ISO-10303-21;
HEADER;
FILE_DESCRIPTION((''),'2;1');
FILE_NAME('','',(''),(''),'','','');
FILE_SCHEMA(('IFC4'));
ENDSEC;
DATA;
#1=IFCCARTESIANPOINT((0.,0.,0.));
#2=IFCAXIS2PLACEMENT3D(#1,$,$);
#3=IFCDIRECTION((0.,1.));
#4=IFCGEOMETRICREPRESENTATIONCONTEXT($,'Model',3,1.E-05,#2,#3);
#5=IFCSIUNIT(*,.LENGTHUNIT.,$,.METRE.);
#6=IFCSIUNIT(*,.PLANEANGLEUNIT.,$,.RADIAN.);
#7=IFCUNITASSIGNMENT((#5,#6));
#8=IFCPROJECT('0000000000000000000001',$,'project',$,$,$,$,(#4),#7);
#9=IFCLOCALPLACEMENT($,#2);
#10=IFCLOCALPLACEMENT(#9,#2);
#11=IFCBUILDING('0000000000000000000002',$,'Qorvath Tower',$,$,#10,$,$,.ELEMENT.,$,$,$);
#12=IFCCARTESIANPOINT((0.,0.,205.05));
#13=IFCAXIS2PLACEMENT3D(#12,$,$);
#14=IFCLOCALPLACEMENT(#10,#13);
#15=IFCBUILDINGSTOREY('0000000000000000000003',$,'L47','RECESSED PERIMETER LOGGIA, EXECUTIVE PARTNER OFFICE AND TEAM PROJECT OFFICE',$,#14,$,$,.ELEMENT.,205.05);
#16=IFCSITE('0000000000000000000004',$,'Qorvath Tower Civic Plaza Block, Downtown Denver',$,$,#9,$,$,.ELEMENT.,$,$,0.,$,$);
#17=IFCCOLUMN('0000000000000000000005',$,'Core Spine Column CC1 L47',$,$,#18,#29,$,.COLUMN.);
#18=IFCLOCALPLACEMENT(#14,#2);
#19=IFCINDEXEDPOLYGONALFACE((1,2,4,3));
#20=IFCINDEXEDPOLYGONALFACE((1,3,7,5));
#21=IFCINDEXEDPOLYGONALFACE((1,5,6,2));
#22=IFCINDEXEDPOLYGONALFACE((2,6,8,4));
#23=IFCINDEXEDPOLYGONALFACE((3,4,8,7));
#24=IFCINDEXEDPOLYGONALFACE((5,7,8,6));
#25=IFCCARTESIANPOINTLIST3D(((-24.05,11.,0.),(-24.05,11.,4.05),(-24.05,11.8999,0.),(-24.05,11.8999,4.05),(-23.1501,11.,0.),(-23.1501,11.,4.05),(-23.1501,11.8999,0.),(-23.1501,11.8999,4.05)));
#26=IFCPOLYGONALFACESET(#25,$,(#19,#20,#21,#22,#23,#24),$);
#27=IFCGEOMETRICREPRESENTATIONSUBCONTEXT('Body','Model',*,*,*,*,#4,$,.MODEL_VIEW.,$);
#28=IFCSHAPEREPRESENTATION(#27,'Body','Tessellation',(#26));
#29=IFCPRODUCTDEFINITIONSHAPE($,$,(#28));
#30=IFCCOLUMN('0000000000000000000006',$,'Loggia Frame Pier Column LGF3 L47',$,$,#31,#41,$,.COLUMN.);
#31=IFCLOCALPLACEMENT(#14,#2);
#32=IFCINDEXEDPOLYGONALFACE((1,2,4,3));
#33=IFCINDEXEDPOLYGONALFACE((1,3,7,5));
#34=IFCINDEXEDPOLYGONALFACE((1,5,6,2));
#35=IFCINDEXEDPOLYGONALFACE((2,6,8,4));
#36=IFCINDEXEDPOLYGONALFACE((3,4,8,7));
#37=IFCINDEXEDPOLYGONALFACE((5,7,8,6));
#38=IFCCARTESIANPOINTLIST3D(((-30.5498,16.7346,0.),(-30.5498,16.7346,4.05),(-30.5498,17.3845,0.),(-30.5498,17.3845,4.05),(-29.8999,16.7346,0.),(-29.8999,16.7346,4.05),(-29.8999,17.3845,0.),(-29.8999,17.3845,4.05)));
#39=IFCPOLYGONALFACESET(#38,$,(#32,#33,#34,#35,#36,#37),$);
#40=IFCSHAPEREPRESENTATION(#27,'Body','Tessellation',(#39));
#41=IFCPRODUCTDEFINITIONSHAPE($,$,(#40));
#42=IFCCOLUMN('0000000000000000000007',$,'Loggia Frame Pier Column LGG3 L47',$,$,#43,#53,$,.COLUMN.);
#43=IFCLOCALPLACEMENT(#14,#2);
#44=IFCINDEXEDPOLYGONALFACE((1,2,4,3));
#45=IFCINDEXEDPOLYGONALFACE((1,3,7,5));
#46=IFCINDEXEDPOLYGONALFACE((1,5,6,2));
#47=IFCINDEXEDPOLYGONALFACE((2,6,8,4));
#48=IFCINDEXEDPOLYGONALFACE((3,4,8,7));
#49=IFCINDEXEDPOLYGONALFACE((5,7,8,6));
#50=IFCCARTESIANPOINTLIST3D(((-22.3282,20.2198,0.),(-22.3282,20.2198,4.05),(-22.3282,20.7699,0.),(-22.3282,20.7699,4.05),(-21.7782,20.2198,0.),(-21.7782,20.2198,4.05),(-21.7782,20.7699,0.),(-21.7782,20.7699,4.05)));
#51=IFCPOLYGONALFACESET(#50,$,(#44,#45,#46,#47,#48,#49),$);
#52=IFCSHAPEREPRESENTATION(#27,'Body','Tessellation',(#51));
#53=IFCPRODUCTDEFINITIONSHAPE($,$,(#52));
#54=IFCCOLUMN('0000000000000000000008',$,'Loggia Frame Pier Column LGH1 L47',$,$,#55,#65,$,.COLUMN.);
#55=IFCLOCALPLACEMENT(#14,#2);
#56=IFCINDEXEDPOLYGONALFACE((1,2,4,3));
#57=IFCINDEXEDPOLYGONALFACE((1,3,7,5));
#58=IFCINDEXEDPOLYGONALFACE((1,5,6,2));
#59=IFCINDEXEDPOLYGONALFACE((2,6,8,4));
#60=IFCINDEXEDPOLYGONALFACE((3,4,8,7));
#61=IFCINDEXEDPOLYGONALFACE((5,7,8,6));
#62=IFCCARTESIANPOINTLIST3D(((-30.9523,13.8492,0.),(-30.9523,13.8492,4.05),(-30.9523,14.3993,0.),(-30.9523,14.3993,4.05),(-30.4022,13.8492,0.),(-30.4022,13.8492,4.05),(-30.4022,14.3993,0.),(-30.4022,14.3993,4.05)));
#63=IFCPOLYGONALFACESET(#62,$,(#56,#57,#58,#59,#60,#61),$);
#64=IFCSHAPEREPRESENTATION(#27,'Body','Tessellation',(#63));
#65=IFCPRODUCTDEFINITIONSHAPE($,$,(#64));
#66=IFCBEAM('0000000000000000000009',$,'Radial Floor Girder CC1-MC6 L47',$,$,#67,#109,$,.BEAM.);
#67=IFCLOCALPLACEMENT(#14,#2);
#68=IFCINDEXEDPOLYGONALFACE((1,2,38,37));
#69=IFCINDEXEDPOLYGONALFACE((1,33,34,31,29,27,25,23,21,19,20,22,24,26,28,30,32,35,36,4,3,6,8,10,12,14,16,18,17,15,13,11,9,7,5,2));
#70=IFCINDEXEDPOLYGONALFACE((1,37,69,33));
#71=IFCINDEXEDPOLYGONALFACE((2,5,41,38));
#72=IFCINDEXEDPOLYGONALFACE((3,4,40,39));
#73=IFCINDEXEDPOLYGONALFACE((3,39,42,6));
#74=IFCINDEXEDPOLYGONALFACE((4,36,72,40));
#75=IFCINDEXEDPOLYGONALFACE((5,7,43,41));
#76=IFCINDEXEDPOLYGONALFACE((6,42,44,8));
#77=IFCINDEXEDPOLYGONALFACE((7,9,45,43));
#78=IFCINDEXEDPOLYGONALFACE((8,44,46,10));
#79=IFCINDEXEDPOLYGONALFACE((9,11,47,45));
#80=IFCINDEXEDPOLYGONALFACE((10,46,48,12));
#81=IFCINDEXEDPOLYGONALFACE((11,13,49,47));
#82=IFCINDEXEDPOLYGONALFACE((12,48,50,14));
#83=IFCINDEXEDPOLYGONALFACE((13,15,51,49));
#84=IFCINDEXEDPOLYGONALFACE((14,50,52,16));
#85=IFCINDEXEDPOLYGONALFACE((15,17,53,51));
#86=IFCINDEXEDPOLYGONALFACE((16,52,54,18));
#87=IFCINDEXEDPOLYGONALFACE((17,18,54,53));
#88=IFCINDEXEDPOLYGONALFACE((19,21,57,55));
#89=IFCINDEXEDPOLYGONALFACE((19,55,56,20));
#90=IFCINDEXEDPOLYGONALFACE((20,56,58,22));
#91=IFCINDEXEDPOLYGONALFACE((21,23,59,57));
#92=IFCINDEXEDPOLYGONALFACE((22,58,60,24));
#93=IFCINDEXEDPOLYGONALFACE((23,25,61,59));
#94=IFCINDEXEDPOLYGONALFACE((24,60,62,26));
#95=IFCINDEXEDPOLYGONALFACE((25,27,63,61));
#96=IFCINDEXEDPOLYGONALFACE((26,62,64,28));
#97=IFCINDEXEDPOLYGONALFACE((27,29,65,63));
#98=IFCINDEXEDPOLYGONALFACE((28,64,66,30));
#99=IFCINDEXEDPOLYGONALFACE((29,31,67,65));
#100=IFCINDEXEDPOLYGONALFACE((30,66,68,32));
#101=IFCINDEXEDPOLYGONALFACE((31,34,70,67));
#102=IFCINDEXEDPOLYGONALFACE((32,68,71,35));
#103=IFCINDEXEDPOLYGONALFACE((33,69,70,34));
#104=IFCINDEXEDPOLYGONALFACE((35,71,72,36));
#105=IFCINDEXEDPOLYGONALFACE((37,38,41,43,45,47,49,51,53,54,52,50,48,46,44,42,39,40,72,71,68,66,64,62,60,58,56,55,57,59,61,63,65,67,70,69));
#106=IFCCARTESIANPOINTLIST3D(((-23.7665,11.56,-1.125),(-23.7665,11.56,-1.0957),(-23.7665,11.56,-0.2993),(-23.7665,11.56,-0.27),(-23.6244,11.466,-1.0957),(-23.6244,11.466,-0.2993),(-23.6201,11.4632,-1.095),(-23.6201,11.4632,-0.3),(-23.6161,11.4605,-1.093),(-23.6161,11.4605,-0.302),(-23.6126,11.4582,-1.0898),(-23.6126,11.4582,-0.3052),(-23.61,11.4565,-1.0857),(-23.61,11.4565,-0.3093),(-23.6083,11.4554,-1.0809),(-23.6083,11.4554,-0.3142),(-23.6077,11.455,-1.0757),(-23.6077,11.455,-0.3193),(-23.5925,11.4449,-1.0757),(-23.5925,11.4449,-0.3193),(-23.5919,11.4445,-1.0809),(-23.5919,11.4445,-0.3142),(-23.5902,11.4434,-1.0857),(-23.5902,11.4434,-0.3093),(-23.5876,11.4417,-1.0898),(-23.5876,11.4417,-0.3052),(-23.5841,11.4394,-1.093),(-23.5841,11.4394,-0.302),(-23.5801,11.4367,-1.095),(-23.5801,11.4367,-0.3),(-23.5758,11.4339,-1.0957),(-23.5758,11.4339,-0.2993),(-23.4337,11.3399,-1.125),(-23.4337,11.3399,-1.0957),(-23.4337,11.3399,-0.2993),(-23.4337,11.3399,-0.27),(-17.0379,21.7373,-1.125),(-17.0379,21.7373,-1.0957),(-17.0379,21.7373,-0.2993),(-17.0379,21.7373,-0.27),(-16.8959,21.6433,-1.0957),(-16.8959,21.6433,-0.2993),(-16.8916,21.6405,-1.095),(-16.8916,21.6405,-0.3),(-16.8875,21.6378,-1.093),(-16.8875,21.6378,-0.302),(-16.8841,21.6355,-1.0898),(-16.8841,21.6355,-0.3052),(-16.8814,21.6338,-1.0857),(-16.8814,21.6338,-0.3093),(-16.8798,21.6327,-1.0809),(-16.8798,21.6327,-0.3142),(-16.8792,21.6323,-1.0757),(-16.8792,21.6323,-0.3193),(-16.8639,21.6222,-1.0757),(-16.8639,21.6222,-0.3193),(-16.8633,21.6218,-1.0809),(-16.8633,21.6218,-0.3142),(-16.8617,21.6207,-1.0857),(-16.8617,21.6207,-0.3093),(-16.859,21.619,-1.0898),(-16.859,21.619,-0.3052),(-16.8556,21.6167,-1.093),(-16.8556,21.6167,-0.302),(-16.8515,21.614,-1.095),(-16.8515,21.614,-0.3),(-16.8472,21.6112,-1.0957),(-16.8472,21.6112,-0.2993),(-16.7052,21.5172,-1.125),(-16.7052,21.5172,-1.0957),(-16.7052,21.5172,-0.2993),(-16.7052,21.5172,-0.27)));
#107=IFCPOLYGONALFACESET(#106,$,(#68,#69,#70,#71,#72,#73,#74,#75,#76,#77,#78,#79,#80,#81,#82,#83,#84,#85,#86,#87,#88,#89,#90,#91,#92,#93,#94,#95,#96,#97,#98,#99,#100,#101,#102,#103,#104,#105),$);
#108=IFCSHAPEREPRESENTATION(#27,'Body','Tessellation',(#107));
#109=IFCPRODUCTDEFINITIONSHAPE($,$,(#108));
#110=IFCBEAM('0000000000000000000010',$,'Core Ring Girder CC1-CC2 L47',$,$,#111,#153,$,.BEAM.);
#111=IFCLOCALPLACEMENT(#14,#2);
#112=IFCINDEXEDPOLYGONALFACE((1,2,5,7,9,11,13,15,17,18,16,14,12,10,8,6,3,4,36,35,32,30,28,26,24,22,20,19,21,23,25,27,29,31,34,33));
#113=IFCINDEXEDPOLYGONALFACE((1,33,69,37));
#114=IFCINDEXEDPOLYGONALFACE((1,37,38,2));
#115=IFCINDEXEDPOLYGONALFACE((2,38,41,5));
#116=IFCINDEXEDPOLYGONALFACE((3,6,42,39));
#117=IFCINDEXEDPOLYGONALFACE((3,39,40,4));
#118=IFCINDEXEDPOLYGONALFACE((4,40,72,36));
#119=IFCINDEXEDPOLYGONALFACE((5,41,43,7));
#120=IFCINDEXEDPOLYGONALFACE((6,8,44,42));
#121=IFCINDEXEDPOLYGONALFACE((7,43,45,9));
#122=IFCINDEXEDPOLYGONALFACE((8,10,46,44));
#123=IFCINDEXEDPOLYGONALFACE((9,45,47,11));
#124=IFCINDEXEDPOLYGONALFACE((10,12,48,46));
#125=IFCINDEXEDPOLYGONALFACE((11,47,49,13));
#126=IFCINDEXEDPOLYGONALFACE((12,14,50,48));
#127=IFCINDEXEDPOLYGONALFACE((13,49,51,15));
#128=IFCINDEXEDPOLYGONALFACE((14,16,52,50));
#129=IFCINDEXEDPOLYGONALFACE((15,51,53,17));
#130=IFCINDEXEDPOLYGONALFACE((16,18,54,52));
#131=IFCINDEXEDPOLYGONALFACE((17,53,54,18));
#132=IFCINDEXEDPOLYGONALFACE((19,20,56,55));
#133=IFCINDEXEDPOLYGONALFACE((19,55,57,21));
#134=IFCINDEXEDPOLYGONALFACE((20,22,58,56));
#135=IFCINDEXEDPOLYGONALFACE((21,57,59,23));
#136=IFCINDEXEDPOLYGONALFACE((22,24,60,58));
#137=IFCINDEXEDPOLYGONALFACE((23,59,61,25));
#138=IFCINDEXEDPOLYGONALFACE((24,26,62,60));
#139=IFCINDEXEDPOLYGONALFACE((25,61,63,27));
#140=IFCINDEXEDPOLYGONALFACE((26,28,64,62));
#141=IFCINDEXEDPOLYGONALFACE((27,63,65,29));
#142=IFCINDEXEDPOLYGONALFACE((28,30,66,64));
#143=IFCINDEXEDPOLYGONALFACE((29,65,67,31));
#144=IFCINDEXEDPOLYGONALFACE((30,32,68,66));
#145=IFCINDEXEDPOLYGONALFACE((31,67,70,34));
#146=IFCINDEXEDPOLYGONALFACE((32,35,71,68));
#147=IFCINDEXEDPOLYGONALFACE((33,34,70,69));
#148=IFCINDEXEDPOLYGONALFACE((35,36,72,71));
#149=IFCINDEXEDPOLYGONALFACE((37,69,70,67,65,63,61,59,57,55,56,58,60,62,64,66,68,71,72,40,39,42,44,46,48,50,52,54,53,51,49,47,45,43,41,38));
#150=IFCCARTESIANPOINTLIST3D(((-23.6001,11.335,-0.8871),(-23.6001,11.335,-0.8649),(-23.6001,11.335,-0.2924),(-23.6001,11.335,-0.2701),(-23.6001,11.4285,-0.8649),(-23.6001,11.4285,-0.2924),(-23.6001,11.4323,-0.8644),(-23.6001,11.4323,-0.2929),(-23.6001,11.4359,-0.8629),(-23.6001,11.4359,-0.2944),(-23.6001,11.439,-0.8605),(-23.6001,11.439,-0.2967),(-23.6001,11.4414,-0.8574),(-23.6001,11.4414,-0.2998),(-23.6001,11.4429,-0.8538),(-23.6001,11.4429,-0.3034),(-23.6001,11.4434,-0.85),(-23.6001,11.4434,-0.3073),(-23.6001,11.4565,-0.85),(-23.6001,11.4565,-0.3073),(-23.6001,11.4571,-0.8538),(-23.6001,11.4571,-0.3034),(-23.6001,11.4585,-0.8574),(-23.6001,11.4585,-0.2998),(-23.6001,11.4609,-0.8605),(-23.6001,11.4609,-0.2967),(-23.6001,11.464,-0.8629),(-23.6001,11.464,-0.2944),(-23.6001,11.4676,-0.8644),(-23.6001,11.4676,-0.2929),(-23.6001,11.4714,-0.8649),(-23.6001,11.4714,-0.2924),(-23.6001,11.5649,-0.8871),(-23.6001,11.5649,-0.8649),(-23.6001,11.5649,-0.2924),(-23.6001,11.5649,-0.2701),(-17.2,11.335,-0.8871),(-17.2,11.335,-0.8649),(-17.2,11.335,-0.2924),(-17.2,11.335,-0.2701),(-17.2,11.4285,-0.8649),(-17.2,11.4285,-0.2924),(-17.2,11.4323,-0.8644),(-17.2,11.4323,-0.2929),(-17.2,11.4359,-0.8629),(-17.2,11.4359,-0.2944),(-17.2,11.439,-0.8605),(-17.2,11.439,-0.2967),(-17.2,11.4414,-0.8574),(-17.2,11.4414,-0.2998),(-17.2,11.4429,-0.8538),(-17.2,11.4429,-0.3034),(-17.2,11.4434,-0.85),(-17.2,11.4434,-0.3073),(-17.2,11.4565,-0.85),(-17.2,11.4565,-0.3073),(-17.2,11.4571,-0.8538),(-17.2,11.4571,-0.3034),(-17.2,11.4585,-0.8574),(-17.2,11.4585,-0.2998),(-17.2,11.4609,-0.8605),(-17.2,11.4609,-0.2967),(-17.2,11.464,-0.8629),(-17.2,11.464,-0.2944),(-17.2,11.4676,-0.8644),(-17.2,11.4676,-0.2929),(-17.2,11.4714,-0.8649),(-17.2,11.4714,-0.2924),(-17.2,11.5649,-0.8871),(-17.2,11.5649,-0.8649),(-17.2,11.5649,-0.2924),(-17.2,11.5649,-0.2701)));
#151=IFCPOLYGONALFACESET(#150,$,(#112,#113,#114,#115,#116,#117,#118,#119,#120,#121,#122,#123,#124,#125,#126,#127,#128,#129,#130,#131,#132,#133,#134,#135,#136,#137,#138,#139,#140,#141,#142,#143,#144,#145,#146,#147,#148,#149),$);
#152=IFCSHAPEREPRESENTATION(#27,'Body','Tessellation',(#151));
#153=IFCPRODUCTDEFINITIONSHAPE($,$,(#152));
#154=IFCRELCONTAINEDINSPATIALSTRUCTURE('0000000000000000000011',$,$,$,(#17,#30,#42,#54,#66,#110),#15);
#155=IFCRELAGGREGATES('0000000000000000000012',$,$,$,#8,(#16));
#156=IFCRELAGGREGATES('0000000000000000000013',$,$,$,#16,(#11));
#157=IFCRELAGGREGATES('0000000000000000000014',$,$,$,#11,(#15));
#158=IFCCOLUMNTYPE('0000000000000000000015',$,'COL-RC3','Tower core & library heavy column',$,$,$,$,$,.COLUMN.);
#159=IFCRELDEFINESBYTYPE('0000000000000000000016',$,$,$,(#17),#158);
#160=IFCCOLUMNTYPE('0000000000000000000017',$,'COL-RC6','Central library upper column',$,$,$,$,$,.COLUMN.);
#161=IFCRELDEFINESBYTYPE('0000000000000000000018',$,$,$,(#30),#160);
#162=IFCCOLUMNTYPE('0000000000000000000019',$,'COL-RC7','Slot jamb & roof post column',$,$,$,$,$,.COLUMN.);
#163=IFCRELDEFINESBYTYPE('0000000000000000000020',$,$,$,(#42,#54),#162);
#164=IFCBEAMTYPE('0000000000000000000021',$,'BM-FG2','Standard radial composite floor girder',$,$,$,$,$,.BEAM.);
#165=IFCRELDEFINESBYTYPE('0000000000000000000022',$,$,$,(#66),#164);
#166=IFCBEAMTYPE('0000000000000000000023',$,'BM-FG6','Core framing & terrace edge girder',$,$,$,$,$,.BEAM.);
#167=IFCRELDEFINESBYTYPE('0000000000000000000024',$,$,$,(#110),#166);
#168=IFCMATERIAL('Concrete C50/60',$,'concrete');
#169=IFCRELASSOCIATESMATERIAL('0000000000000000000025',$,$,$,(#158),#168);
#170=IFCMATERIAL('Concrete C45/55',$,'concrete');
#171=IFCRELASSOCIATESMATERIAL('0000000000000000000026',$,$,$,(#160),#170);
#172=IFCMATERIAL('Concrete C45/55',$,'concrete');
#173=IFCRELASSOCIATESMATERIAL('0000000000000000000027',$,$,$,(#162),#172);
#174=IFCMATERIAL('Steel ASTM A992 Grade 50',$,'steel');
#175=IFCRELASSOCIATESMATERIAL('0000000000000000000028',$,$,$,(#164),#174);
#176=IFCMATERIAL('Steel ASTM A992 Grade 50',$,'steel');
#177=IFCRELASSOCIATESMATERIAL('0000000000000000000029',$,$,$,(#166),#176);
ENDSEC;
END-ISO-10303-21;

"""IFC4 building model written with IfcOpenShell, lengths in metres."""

from ifc_helpers import new_model, si_unit, direction, frame, origin, origin_2d, place, context, subcontext, project, spatial, rectangle, i_section, extrude, material, material_profile, profile_set, type_object, element, save


model = new_model("IFC4")

# Units and contexts
model_context = context("Model", 3, precision=1e-05, world=origin(), true_north=direction((0.0, 1.0)))
body_context = subcontext(model_context, "Body", "Model", "MODEL_VIEW")
ifc_project = project(units=[si_unit("LENGTHUNIT", "METRE"), si_unit("PLANEANGLEUNIT", "RADIAN")], contexts=[model_context])

# Site, building, storey
site_placement = place(None, origin())
site = spatial("IfcSite", under=ifc_project, at=site_placement, Name="Qorvath Tower Civic Plaza Block, Downtown Denver", CompositionType="ELEMENT", RefElevation=0.0)
building_placement = place(site_placement, origin())
building = spatial("IfcBuilding", under=site, at=building_placement, Name="Qorvath Tower", CompositionType="ELEMENT")
storey_placement = place(building_placement, frame((0.0, 0.0, 205.05)))
storey = spatial("IfcBuildingStorey", under=building, at=storey_placement, Name="L47", Description="RECESSED PERIMETER LOGGIA, EXECUTIVE PARTNER OFFICE AND TEAM PROJECT OFFICE", CompositionType="ELEMENT", Elevation=205.05)

# Columns
ifc_material_1 = material(Name="Concrete C50/60", Category="concrete")
ifc_material_profile_1 = material_profile(ifc_material_1, rectangle(XDim=0.8999, YDim=0.8999, at=origin_2d()), Name="RC 900x900")
ifc_profile_set_1 = profile_set([ifc_material_profile_1], Name="Concrete C50/60")
column_type_1 = type_object("IfcColumnType", Name="COL-RC3", Description="Tower core & library heavy column", PredefinedType="COLUMN", material=ifc_profile_set_1)
column_1_placement = place(storey_placement, frame((-23.6001, 11.45, 0.0), z_axis=(0.0, 0.0, 1.0), x_axis=(1.0, 0.0, 0.0)))
element("IfcColumn", 1, at=column_1_placement, inside=storey, type_object=column_type_1, Name="Core Spine Column CC1 L47", PredefinedType="COLUMN", context=body_context, shape_type="SweptSolid", body=[
    extrude(rectangle(XDim=0.8999, YDim=0.8999, at=origin_2d()), origin(), (0.0, 0.0, 1.0), 4.05),
])
ifc_material_2 = material(Name="Concrete C45/55", Category="concrete")
ifc_material_profile_2 = material_profile(ifc_material_2, rectangle(XDim=0.6499, YDim=0.6499, at=origin_2d()), Name="RC 650x650")
ifc_profile_set_2 = profile_set([ifc_material_profile_2], Name="Concrete C45/55")
column_type_2 = type_object("IfcColumnType", Name="COL-RC6", Description="Central library upper column", PredefinedType="COLUMN", material=ifc_profile_set_2)
column_2_placement = place(storey_placement, frame((-30.2249, 17.0596, 0.0), z_axis=(0.0, 0.0, 1.0), x_axis=(1.0, 0.0, 0.0)))
element("IfcColumn", 2, at=column_2_placement, inside=storey, type_object=column_type_2, Name="Loggia Frame Pier Column LGF3 L47", PredefinedType="COLUMN", context=body_context, shape_type="SweptSolid", body=[
    extrude(rectangle(XDim=0.6499, YDim=0.6499, at=origin_2d()), origin(), (0.0, 0.0, 1.0), 4.05),
])
ifc_material_3 = material(Name="Concrete C45/55", Category="concrete")
ifc_material_profile_3 = material_profile(ifc_material_3, rectangle(XDim=0.55, YDim=0.55, at=origin_2d()), Name="RC 550x550")
ifc_profile_set_3 = profile_set([ifc_material_profile_3], Name="Concrete C45/55")
column_type_3 = type_object("IfcColumnType", Name="COL-RC7", Description="Slot jamb & roof post column", PredefinedType="COLUMN", material=ifc_profile_set_3)
for number, where, z_axis, x_axis, name in (
    (3, (-22.0532, 20.4949, 0.0), (0.0, 0.0, 1.0), (1.0, 0.0, 0.0), "Loggia Frame Pier Column LGG3 L47"),
    (4, (-30.6772, 14.1243, 0.0), (0.0, 0.0, 1.0), (1.0, 0.0, 0.0), "Loggia Frame Pier Column LGH1 L47"),
):
    element("IfcColumn", number, at=place(storey_placement, frame(where, z_axis=z_axis, x_axis=x_axis)), inside=storey, type_object=column_type_3, Name=name, PredefinedType="COLUMN", context=body_context, shape_type="SweptSolid", body=[
        extrude(rectangle(XDim=0.55, YDim=0.55, at=origin_2d()), origin(), (0.0, 0.0, 1.0), 4.05),
    ])

# Beams
ifc_material_4 = material(Name="Steel ASTM A992 Grade 50", Category="steel")
ifc_material_profile_4 = material_profile(ifc_material_4, i_section(OverallWidth=0.3989, OverallDepth=0.855, WebThickness=0.0183, FlangeThickness=0.0293, FilletRadius=0.02, at=origin_2d()), Name="W33x201")
ifc_profile_set_4 = profile_set([ifc_material_profile_4], Name="Steel ASTM A992 Grade 50")
beam_type_1 = type_object("IfcBeamType", Name="BM-FG2", Description="Standard radial composite floor girder", PredefinedType="BEAM", material=ifc_profile_set_4)
beam_1_placement = place(storey_placement, frame((-23.6001, 11.45, -0.6975), z_axis=(0.551501, 0.834175, 0.0), x_axis=(-0.834175, 0.551501, 0.0)))
element("IfcBeam", 5, at=beam_1_placement, inside=storey, type_object=beam_type_1, Name="Radial Floor Girder CC1-MC6 L47", PredefinedType="BEAM", context=body_context, shape_type="SweptSolid", body=[
    extrude(i_section(OverallWidth=0.3989, OverallDepth=0.855, WebThickness=0.0183, FlangeThickness=0.0293, FilletRadius=0.02, at=origin_2d()), origin(), (0.0, 0.0, 1.0), 12.2004),
])
ifc_material_5 = material(Name="Steel ASTM A992 Grade 50", Category="steel")
ifc_material_profile_5 = material_profile(ifc_material_5, i_section(OverallWidth=0.23, OverallDepth=0.6169, WebThickness=0.0132, FlangeThickness=0.0222, FilletRadius=0.0149, at=origin_2d()), Name="W24x94")
ifc_profile_set_5 = profile_set([ifc_material_profile_5], Name="Steel ASTM A992 Grade 50")
beam_type_2 = type_object("IfcBeamType", Name="BM-FG6", Description="Core framing & terrace edge girder", PredefinedType="BEAM", material=ifc_profile_set_5)
beam_2_placement = place(storey_placement, frame((-23.6001, 11.45, -0.5786), z_axis=(1.0, 0.0, 0.0), x_axis=(0.0, 1.0, 0.0)))
element("IfcBeam", 6, at=beam_2_placement, inside=storey, type_object=beam_type_2, Name="Core Ring Girder CC1-CC2 L47", PredefinedType="BEAM", context=body_context, shape_type="SweptSolid", body=[
    extrude(i_section(OverallWidth=0.23, OverallDepth=0.6169, WebThickness=0.0132, FlangeThickness=0.0222, FilletRadius=0.0149, at=origin_2d()), origin(), (0.0, 0.0, 1.0), 6.4001),
])

save(model, "model.ifc")
